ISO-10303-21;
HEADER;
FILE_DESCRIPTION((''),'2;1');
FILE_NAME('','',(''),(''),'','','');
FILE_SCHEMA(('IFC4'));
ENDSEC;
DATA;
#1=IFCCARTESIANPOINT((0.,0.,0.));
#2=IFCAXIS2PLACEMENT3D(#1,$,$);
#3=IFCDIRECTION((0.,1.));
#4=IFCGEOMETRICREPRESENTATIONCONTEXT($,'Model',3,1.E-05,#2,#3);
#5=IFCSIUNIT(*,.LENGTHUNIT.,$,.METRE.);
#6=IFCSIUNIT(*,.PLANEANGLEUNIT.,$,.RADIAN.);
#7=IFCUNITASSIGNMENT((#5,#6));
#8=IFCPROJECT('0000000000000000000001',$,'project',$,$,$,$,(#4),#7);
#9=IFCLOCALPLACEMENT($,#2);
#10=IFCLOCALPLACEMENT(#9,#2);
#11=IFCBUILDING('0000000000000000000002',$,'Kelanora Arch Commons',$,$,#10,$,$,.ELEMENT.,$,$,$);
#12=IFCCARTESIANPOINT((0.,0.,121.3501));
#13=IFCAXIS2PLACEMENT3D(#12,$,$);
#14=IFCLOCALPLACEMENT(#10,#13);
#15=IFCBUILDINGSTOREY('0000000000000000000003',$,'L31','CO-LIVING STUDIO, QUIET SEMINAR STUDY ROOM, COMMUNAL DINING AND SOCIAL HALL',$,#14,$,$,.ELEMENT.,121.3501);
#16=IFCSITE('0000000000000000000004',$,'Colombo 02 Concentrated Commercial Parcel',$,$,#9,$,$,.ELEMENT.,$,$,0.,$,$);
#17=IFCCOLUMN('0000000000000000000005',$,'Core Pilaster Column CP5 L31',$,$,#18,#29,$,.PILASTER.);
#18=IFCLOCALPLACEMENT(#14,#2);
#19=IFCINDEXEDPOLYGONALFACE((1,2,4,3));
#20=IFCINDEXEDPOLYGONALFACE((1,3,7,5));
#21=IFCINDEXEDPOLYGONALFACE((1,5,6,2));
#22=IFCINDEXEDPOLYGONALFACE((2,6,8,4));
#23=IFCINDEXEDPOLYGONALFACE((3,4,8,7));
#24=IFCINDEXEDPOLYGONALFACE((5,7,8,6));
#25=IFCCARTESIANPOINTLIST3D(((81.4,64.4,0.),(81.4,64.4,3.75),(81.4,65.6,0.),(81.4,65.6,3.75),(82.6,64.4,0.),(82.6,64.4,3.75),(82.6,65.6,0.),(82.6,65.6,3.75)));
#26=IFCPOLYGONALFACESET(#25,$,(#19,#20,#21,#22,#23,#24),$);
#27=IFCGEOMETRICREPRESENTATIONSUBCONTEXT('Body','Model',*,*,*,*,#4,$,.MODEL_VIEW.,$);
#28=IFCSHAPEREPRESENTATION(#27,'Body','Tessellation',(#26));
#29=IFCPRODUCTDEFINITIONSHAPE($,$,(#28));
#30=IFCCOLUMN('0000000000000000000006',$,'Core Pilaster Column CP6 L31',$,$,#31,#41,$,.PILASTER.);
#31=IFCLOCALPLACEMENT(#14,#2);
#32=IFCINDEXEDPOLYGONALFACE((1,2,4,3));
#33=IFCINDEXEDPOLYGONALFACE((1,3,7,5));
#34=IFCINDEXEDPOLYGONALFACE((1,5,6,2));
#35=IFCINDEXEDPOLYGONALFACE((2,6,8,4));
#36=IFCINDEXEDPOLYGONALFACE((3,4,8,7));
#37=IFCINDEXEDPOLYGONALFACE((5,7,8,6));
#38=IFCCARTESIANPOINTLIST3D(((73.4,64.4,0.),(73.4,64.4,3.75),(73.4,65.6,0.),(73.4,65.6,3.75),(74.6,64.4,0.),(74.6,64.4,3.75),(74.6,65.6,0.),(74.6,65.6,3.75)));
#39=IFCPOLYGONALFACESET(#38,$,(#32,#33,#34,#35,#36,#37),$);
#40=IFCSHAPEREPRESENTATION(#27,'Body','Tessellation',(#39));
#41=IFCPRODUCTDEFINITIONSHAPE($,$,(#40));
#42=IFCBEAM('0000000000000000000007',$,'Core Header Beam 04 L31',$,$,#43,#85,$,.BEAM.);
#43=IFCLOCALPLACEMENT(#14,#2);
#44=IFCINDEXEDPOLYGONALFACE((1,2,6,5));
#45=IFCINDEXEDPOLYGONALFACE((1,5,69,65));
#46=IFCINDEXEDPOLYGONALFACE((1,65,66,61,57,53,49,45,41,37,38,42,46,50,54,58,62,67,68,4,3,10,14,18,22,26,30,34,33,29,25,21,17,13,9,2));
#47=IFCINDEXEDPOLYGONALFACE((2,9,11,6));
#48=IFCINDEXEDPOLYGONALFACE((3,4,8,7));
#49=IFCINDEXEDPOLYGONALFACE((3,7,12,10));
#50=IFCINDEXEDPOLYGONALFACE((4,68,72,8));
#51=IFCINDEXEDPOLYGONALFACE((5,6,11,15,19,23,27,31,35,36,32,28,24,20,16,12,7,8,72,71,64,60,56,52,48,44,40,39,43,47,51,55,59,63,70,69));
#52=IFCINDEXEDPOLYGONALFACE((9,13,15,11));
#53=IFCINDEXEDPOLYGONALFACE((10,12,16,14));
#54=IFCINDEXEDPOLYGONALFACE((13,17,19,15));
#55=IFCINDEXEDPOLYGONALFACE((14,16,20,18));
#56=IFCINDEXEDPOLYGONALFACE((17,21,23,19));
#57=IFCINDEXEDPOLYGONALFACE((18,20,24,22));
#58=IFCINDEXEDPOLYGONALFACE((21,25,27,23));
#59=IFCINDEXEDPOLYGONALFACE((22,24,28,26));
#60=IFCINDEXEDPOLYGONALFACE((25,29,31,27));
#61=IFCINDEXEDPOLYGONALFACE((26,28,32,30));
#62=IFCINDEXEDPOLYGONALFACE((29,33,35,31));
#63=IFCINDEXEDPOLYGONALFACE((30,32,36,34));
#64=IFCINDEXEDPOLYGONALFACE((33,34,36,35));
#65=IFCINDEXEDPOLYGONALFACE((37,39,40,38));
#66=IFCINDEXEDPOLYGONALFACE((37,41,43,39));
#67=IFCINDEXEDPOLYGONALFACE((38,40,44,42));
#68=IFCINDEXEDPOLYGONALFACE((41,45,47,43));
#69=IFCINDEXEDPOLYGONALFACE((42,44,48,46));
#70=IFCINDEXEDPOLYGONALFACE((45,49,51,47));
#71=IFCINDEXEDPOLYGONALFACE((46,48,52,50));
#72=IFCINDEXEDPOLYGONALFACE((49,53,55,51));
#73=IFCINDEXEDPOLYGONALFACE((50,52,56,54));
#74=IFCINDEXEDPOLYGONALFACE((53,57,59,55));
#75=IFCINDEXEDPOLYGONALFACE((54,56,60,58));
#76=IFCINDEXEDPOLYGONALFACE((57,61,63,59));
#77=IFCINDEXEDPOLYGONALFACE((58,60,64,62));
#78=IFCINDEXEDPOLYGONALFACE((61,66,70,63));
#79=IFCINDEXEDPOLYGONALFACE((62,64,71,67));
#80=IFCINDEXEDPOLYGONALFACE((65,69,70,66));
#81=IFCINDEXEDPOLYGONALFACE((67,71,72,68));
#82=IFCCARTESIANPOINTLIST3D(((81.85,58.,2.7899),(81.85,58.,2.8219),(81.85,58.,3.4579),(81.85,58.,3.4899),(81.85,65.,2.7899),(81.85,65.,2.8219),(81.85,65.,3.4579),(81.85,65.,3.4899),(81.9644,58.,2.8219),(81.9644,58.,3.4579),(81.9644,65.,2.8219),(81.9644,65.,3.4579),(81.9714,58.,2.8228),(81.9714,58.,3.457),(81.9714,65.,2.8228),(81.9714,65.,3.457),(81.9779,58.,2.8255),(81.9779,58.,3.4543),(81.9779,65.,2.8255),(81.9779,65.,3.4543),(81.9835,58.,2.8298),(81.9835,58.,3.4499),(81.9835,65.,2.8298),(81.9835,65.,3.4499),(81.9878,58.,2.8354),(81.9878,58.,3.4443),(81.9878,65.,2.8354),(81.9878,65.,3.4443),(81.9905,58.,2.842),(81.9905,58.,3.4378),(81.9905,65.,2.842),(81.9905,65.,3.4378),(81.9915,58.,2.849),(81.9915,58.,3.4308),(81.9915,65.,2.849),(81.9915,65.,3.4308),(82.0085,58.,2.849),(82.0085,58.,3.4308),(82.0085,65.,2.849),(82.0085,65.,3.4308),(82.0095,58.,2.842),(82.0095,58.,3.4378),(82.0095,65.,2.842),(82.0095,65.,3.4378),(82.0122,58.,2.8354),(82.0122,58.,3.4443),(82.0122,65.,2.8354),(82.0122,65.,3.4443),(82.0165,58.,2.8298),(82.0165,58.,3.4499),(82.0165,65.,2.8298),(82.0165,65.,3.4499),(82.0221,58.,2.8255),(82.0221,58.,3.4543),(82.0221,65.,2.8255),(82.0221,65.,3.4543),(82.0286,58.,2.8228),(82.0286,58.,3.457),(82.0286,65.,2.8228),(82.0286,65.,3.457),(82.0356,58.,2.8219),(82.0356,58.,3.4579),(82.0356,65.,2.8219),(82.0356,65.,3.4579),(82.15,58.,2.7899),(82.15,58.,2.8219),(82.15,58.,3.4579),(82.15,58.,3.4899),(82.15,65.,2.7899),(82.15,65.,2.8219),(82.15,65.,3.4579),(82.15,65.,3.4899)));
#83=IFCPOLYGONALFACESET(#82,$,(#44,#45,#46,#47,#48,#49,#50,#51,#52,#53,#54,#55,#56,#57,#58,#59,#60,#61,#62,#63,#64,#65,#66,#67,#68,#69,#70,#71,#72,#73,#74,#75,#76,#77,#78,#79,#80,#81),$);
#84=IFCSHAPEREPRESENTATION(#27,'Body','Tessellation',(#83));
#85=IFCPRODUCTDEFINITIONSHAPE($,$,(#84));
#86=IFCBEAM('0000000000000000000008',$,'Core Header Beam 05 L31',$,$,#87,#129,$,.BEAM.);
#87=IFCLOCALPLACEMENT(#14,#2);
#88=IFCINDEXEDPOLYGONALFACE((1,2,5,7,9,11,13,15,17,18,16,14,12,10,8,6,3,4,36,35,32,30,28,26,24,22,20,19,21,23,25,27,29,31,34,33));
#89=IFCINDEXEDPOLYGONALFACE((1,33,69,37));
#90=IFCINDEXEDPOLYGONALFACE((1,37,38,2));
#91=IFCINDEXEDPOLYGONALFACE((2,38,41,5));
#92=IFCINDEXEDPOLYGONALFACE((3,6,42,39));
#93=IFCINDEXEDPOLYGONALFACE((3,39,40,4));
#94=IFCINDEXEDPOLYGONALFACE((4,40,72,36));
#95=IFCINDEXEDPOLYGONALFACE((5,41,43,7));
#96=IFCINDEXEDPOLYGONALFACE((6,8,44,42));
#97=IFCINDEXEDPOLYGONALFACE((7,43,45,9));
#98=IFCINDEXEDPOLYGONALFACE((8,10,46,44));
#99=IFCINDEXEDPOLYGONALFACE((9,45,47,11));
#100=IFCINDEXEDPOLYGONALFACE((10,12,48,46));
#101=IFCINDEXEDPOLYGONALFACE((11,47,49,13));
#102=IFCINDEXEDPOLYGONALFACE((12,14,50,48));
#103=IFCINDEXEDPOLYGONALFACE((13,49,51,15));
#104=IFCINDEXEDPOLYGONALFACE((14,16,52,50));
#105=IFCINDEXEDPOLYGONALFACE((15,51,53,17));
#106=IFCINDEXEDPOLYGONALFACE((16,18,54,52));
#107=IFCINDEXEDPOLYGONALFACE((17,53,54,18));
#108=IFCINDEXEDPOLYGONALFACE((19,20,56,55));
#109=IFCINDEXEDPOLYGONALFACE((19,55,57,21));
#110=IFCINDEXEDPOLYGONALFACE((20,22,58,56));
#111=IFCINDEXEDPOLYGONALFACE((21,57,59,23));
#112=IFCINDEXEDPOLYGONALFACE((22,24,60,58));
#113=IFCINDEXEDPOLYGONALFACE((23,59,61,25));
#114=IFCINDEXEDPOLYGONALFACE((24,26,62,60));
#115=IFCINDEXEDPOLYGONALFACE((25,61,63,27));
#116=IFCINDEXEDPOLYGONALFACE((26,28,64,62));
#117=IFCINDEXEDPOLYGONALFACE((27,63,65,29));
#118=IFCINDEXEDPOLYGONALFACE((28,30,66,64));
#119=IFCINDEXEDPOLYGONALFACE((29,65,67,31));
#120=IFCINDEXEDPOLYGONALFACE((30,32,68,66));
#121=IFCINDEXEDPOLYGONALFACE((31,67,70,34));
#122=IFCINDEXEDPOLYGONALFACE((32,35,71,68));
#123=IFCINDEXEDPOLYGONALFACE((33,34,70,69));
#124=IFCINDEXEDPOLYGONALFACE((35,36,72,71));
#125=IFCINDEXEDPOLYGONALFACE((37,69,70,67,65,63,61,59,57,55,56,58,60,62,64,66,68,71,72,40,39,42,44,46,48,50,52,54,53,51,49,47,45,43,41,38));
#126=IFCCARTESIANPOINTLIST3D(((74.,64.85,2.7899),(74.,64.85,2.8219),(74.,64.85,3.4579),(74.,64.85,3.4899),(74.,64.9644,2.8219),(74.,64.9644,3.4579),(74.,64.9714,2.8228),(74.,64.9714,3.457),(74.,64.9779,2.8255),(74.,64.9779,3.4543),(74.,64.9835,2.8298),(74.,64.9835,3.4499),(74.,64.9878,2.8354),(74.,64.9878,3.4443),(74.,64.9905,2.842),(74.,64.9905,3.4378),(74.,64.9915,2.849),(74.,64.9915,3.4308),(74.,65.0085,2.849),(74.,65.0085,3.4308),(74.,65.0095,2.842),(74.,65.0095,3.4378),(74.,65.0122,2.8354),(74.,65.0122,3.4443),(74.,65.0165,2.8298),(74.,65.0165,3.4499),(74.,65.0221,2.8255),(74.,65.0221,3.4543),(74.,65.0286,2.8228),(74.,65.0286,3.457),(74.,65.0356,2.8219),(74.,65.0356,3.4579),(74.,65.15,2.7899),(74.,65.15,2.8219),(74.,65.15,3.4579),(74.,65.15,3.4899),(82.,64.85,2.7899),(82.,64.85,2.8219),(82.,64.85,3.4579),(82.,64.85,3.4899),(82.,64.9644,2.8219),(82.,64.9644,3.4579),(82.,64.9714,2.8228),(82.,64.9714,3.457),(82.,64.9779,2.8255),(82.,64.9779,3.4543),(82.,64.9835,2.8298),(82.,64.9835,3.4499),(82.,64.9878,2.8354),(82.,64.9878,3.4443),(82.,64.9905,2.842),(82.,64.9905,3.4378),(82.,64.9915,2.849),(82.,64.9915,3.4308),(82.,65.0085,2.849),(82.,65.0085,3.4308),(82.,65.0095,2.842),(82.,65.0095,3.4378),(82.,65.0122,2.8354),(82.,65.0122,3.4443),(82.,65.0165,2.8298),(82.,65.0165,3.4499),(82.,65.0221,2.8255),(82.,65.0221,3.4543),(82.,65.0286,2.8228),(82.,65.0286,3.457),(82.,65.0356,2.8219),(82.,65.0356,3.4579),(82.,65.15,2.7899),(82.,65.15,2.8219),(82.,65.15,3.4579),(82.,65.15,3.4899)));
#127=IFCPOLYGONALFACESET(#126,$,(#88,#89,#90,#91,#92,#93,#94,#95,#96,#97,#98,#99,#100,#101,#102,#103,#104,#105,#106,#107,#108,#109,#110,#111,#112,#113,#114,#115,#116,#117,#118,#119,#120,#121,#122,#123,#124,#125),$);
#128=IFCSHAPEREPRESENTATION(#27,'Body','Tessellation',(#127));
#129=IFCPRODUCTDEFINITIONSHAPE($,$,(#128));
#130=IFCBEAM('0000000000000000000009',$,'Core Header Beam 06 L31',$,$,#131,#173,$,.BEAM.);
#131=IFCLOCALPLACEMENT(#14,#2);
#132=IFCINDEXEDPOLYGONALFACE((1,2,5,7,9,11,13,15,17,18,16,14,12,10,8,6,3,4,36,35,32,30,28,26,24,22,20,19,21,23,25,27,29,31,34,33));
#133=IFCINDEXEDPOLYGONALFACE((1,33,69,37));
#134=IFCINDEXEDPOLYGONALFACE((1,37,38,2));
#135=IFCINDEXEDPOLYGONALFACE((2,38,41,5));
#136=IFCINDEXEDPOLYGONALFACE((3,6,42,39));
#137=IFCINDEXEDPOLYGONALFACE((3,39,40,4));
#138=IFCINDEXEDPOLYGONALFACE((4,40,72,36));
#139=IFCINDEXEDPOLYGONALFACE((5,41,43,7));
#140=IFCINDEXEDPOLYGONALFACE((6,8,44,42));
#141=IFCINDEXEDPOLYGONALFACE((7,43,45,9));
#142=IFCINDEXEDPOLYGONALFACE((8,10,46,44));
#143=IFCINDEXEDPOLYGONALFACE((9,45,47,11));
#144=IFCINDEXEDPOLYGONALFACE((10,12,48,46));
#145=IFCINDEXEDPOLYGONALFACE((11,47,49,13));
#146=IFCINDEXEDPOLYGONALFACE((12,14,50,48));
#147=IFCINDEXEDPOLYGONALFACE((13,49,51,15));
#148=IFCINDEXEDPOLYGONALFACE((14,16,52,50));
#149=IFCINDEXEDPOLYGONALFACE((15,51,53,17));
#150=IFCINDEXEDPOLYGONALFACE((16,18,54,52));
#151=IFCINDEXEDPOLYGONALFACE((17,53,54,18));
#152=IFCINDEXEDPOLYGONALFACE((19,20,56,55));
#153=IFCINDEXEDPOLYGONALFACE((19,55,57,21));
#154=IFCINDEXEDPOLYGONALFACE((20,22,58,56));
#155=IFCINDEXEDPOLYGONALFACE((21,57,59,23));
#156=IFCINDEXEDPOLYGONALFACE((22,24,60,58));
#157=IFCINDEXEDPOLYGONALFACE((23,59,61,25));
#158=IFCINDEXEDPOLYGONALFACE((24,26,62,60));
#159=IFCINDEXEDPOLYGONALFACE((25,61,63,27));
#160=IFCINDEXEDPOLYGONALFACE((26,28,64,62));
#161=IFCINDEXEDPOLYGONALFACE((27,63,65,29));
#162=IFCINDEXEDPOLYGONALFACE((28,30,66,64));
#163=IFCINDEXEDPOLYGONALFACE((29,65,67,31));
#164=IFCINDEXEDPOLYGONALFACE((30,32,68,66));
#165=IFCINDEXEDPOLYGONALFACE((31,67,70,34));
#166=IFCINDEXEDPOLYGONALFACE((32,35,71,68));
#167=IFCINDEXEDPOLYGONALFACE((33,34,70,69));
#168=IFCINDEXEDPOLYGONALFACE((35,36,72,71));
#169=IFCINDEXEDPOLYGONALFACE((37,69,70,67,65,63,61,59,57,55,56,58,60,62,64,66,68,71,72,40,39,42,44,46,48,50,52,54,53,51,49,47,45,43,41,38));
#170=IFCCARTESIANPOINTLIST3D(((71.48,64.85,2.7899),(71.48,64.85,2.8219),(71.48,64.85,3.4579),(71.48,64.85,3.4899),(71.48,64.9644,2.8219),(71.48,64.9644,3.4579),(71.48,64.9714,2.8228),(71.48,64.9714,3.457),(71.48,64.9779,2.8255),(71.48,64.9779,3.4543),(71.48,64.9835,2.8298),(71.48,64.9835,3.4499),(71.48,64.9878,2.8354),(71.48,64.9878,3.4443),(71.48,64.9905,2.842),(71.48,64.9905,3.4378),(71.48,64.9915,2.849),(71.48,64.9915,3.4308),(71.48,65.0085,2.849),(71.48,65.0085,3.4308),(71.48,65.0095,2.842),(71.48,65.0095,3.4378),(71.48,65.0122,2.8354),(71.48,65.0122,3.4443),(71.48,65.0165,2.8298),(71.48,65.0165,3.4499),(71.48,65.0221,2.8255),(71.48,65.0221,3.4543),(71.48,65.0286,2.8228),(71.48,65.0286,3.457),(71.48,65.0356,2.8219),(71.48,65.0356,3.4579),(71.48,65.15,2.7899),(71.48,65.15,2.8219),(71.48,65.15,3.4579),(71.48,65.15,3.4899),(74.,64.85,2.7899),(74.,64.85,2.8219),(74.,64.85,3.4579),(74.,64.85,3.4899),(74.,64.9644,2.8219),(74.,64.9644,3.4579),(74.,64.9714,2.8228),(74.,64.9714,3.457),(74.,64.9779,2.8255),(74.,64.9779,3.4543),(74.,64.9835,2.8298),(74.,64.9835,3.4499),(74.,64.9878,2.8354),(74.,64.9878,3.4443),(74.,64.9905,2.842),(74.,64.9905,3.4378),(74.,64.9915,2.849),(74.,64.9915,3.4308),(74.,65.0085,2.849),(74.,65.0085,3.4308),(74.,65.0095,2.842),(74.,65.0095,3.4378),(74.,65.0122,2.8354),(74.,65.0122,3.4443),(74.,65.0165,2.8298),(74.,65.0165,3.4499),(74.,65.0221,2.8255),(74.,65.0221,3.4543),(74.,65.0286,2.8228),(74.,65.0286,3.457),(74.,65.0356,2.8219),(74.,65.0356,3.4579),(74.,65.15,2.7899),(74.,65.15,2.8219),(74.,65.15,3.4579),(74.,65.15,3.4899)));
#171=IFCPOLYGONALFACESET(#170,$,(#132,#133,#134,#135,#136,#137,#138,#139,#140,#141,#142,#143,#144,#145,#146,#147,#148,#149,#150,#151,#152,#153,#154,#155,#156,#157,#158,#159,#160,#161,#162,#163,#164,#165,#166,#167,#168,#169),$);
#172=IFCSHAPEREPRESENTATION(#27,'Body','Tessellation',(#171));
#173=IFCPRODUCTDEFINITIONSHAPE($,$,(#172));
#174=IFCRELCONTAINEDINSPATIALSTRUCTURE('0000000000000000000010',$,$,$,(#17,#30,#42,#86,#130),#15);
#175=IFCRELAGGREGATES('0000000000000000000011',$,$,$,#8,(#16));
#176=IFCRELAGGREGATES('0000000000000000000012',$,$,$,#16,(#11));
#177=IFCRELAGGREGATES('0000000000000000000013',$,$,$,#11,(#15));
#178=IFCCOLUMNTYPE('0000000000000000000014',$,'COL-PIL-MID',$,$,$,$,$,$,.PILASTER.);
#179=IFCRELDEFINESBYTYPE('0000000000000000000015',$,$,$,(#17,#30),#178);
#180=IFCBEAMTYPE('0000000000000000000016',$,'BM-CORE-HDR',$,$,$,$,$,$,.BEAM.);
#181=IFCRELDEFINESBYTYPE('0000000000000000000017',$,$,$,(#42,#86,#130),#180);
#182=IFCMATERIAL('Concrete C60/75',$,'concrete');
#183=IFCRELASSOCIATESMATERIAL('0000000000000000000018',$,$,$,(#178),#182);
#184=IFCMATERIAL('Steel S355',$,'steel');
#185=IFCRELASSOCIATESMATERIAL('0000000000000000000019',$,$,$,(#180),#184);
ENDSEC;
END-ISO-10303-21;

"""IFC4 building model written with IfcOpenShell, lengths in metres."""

from ifc_helpers import new_model, si_unit, direction, frame, origin, origin_2d, place, context, subcontext, project, spatial, rectangle, i_section, extrude, material, material_profile, profile_set, type_object, element, save


model = new_model("IFC4")

# Units and contexts
model_context = context("Model", 3, precision=1e-05, world=origin(), true_north=direction((0.0, 1.0)))
body_context = subcontext(model_context, "Body", "Model", "MODEL_VIEW")
ifc_project = project(units=[si_unit("LENGTHUNIT", "METRE"), si_unit("PLANEANGLEUNIT", "RADIAN")], contexts=[model_context])

# Site, building, storey
site_placement = place(None, origin())
site = spatial("IfcSite", under=ifc_project, at=site_placement, Name="Colombo 02 Concentrated Commercial Parcel", CompositionType="ELEMENT", RefElevation=0.0)
building_placement = place(site_placement, origin())
building = spatial("IfcBuilding", under=site, at=building_placement, Name="Kelanora Arch Commons", CompositionType="ELEMENT")
storey_placement = place(building_placement, frame((0.0, 0.0, 121.3501)))
storey = spatial("IfcBuildingStorey", under=building, at=storey_placement, Name="L31", Description="CO-LIVING STUDIO, QUIET SEMINAR STUDY ROOM, COMMUNAL DINING AND SOCIAL HALL", CompositionType="ELEMENT", Elevation=121.3501)

# Columns
ifc_material_1 = material(Name="Concrete C60/75", Category="concrete")
ifc_material_profile_1 = material_profile(ifc_material_1, rectangle(XDim=1.2, YDim=1.2, at=origin_2d()), Name="RC1200x1200")
ifc_profile_set_1 = profile_set([ifc_material_profile_1], Name="Concrete C60/75")
column_type = type_object("IfcColumnType", Name="COL-PIL-MID", PredefinedType="PILASTER", material=ifc_profile_set_1)
for number, where, z_axis, x_axis, name in (
    (1, (82.0, 65.0, 0.0), (0.0, 0.0, 1.0), (1.0, 0.0, 0.0), "Core Pilaster Column CP5 L31"),
    (2, (74.0, 65.0, 0.0), (0.0, 0.0, 1.0), (1.0, 0.0, 0.0), "Core Pilaster Column CP6 L31"),
):
    element("IfcColumn", number, at=place(storey_placement, frame(where, z_axis=z_axis, x_axis=x_axis)), inside=storey, type_object=column_type, Name=name, PredefinedType="PILASTER", context=body_context, shape_type="SweptSolid", body=[
        extrude(rectangle(XDim=1.2, YDim=1.2, at=origin_2d()), origin(), (0.0, 0.0, 1.0), 3.75),
    ])

# Beams
ifc_material_2 = material(Name="Steel S355", Category="steel")
ifc_material_profile_2 = material_profile(ifc_material_2, i_section(OverallWidth=0.3, OverallDepth=0.7, WebThickness=0.0171, FlangeThickness=0.032, FilletRadius=0.0271, at=origin_2d()), Name="HEB700")
ifc_profile_set_2 = profile_set([ifc_material_profile_2], Name="Steel S355")
beam_type_1 = type_object("IfcBeamType", Name="BM-CORE-HDR", PredefinedType="BEAM", material=ifc_profile_set_2)
beam_1_placement = place(storey_placement, frame((82.0, 58.0, 3.1399), z_axis=(0.0, 1.0, 0.0), x_axis=(-1.0, 0.0, 0.0)))
element("IfcBeam", 3, at=beam_1_placement, inside=storey, type_object=beam_type_1, Name="Core Header Beam 04 L31", PredefinedType="BEAM", context=body_context, shape_type="SweptSolid", body=[
    extrude(i_section(OverallWidth=0.3, OverallDepth=0.7, WebThickness=0.0171, FlangeThickness=0.032, FilletRadius=0.0271, at=origin_2d()), origin(), (0.0, 0.0, 1.0), 7.0),
])
beam_2_placement = place(storey_placement, frame((82.0, 65.0, 3.1399), z_axis=(-1.0, 0.0, 0.0), x_axis=(0.0, -1.0, 0.0)))
element("IfcBeam", 4, at=beam_2_placement, inside=storey, type_object=beam_type_1, Name="Core Header Beam 05 L31", PredefinedType="BEAM", context=body_context, shape_type="SweptSolid", body=[
    extrude(i_section(OverallWidth=0.3, OverallDepth=0.7, WebThickness=0.0171, FlangeThickness=0.032, FilletRadius=0.0271, at=origin_2d()), origin(), (0.0, 0.0, 1.0), 8.0),
])
beam_3_placement = place(storey_placement, frame((74.0, 65.0, 3.1399), z_axis=(-1.0, 0.0, 0.0), x_axis=(0.0, -1.0, 0.0)))
element("IfcBeam", 5, at=beam_3_placement, inside=storey, type_object=beam_type_1, Name="Core Header Beam 06 L31", PredefinedType="BEAM", context=body_context, shape_type="SweptSolid", body=[
    extrude(i_section(OverallWidth=0.3, OverallDepth=0.7, WebThickness=0.0171, FlangeThickness=0.032, FilletRadius=0.0271, at=origin_2d()), origin(), (0.0, 0.0, 1.0), 2.52),
])

save(model, "model.ifc")
